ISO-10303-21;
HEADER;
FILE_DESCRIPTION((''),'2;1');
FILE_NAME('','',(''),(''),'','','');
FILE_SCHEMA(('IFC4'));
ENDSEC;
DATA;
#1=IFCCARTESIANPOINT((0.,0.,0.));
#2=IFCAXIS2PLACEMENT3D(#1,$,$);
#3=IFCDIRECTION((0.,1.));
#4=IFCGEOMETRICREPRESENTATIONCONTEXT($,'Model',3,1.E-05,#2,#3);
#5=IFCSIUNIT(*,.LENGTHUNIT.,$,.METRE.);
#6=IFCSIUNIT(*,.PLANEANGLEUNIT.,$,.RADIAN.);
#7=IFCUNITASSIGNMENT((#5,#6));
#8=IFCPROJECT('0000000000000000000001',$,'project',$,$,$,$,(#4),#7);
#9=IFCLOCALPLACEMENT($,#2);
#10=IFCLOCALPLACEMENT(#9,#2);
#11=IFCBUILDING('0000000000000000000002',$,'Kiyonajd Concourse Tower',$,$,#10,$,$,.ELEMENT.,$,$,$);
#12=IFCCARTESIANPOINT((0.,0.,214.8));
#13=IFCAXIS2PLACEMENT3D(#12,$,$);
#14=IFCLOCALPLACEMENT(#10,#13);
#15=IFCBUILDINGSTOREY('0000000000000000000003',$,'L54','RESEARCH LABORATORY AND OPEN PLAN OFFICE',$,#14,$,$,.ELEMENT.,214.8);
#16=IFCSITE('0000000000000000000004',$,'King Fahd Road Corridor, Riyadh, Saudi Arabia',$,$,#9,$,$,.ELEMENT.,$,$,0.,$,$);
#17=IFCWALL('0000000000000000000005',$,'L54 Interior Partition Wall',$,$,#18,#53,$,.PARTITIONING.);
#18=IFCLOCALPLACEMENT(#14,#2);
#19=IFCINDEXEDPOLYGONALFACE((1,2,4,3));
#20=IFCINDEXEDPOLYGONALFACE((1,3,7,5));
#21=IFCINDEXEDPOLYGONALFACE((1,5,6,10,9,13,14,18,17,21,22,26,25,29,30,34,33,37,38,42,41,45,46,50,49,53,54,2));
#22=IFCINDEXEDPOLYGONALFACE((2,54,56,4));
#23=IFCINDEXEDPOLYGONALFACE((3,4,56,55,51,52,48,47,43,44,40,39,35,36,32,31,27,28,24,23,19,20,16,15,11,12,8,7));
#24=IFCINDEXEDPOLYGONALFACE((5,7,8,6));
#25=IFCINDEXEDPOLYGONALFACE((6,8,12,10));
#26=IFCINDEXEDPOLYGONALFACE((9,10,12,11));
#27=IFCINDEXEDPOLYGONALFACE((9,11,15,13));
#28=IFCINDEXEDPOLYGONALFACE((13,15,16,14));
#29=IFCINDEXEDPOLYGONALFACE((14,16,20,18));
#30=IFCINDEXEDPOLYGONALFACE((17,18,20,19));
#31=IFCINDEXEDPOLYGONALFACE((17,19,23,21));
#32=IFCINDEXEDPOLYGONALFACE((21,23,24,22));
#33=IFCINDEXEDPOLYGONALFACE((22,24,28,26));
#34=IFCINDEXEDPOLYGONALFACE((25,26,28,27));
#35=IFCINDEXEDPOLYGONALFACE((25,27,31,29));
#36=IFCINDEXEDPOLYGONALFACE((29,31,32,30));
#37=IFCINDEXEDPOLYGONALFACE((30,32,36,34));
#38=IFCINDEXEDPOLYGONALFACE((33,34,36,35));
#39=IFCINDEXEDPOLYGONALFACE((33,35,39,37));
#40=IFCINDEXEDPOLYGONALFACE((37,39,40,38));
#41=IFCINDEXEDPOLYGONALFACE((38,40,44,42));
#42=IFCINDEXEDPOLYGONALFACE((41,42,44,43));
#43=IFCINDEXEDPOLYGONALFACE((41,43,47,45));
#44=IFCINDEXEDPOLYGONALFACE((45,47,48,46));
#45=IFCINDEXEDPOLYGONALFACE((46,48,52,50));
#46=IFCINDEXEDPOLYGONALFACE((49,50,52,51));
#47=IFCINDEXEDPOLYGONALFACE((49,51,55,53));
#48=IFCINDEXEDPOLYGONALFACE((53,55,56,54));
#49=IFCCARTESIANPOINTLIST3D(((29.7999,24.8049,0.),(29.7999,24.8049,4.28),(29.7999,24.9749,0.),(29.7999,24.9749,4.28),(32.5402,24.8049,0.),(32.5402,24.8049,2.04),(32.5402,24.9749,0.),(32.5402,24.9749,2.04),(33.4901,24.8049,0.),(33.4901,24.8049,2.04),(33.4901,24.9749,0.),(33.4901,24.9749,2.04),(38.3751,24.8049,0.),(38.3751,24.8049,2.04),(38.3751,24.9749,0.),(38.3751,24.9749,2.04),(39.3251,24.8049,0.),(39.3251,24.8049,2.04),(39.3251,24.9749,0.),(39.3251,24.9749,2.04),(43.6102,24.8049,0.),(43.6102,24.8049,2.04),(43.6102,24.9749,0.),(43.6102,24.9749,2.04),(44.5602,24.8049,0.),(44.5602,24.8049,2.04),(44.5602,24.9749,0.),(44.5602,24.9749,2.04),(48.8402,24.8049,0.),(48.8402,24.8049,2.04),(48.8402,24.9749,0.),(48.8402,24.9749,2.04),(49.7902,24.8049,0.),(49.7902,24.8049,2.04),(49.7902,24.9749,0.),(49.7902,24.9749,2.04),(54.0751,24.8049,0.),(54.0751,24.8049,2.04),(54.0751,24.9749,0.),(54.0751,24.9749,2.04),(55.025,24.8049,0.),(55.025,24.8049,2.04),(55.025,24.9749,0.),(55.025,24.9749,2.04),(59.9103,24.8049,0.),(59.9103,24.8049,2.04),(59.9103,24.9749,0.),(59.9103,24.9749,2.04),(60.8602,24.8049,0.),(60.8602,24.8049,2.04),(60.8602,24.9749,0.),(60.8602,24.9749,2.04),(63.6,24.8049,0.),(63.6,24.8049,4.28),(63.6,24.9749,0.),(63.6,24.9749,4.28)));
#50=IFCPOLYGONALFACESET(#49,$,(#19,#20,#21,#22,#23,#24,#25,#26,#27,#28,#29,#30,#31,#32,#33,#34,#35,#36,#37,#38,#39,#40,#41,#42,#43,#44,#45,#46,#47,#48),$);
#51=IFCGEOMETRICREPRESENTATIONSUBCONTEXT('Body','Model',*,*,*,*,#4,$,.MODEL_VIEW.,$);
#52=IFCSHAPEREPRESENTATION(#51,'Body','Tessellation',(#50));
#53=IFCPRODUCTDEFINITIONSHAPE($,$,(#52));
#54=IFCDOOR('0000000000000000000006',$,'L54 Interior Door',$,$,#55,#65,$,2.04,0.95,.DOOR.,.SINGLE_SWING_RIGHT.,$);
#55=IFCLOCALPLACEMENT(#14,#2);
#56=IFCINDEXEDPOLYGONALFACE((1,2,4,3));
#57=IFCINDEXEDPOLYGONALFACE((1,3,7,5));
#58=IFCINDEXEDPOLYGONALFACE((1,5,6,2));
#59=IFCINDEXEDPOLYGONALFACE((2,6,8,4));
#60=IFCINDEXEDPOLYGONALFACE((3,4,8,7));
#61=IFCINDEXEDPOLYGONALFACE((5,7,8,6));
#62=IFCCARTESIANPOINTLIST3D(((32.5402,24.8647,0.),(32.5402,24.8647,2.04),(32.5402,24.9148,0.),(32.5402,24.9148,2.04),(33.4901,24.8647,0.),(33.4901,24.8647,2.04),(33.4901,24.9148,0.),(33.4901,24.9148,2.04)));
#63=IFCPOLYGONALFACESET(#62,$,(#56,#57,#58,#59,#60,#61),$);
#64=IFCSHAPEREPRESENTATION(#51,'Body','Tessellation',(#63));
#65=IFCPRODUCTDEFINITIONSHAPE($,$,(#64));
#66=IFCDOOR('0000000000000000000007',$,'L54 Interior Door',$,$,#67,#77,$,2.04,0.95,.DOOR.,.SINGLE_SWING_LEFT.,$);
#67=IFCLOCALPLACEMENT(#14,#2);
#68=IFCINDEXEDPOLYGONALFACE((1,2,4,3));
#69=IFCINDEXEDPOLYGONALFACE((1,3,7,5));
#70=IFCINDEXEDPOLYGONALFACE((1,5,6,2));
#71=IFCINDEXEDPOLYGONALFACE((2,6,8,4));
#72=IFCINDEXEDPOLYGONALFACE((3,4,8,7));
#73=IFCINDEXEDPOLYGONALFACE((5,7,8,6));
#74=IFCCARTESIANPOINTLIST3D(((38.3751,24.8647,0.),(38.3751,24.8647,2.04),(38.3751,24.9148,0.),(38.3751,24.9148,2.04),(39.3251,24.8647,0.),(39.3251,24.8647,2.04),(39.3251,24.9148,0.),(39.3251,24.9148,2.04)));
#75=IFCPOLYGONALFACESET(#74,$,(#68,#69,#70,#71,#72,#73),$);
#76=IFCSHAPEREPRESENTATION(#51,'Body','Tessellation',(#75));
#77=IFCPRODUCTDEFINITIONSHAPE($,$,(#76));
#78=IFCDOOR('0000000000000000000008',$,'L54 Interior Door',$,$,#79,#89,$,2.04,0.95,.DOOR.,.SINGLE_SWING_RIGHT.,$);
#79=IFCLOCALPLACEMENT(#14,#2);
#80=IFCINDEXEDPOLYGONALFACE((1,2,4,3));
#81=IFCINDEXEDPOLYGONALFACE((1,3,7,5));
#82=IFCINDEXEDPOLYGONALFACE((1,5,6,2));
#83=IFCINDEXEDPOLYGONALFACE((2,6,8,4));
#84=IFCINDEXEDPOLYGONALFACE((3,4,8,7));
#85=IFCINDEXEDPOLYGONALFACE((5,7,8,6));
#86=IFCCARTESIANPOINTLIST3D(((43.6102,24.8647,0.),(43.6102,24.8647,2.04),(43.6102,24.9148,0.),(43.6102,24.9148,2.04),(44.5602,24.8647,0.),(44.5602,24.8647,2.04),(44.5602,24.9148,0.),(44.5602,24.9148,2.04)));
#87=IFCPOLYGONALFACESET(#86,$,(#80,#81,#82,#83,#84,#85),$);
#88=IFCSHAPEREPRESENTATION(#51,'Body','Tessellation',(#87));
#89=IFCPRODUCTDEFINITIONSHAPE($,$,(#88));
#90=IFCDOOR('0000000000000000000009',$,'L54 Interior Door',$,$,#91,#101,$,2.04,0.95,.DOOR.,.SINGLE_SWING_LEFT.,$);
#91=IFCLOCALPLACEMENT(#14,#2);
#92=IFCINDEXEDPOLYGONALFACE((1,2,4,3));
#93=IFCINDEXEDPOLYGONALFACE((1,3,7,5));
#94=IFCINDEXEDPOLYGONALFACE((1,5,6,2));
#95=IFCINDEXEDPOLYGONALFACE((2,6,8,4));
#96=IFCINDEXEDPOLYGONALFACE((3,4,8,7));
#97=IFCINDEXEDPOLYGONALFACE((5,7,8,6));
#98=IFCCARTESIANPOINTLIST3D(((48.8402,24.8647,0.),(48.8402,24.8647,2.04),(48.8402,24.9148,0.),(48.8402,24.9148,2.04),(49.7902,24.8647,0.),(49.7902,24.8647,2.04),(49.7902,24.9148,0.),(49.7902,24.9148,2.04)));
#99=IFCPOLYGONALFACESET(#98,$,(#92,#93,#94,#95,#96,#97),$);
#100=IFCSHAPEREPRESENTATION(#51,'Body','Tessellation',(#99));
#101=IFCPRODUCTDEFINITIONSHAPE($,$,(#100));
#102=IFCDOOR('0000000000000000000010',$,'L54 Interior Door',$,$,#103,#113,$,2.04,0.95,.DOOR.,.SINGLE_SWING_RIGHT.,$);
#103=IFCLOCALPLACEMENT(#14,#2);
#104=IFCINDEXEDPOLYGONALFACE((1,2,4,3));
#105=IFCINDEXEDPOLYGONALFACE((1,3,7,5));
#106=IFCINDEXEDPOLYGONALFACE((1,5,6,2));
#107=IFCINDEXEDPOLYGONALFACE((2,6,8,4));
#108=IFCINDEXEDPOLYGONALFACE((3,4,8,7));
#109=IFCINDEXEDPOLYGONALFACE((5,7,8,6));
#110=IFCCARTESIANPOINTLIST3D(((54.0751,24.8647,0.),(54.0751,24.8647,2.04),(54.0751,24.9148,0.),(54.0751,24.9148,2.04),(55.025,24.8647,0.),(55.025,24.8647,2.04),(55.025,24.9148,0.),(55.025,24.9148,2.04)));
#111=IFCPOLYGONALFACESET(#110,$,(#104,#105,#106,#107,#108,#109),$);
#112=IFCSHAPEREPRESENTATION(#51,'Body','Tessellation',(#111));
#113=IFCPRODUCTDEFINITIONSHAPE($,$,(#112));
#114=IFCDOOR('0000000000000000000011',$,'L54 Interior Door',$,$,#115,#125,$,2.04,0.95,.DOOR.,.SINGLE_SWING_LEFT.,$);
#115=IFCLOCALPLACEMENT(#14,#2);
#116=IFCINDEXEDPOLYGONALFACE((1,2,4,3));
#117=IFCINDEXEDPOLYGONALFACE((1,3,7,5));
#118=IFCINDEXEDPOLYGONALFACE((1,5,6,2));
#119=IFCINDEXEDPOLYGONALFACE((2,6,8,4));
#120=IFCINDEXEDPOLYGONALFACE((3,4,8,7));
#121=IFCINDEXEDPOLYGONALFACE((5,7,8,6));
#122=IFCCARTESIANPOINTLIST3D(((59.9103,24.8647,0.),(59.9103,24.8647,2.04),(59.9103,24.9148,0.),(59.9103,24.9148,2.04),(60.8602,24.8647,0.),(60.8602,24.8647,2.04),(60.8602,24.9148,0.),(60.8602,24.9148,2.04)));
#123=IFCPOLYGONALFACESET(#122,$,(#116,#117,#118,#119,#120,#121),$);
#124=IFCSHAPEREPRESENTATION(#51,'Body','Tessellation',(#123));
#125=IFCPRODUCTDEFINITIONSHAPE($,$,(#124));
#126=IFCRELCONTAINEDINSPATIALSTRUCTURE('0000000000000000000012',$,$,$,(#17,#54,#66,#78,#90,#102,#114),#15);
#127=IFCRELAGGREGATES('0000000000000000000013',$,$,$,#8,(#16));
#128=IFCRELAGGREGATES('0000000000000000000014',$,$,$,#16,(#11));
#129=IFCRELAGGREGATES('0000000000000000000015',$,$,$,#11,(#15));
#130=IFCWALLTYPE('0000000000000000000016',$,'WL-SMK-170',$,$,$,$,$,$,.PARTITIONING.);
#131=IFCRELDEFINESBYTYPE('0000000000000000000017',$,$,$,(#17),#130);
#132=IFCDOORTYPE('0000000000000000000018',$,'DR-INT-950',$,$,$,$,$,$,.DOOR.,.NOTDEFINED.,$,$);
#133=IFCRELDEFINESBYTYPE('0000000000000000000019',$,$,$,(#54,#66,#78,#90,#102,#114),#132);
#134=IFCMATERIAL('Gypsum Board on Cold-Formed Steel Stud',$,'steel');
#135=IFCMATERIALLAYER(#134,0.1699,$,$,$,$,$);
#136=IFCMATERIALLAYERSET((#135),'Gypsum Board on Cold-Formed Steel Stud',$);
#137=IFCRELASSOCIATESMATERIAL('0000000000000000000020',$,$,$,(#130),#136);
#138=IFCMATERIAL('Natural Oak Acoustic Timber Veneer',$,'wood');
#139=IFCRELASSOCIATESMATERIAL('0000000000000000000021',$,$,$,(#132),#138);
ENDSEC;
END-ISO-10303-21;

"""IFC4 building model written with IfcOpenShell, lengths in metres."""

from ifc_helpers import new_model, si_unit, direction, frame, frame_2d, origin, place, context, subcontext, project, spatial, rectangle, extrude, material, layer, layer_set, type_object, element, fill, save


model = new_model("IFC4")

# Units and contexts
model_context = context("Model", 3, precision=1e-05, world=origin(), true_north=direction((0.0, 1.0)))
body_context = subcontext(model_context, "Body", "Model", "MODEL_VIEW")
ifc_project = project(units=[si_unit("LENGTHUNIT", "METRE"), si_unit("PLANEANGLEUNIT", "RADIAN")], contexts=[model_context])

# Site, building, storey
site_placement = place(None, origin())
site = spatial("IfcSite", under=ifc_project, at=site_placement, Name="King Fahd Road Corridor, Riyadh, Saudi Arabia", CompositionType="ELEMENT", RefElevation=0.0)
building_placement = place(site_placement, origin())
building = spatial("IfcBuilding", under=site, at=building_placement, Name="Kiyonajd Concourse Tower", CompositionType="ELEMENT")
storey_placement = place(building_placement, frame((0.0, 0.0, 214.8)))
storey = spatial("IfcBuildingStorey", under=building, at=storey_placement, Name="L54", Description="RESEARCH LABORATORY AND OPEN PLAN OFFICE", CompositionType="ELEMENT", Elevation=214.8)

# Wall, openings, doors
ifc_material_1 = material(Name="Gypsum Board on Cold-Formed Steel Stud", Category="steel")
ifc_layer_1 = layer(ifc_material_1, 0.1699)
ifc_layer_set_1 = layer_set([ifc_layer_1], Name="Gypsum Board on Cold-Formed Steel Stud")
wall_type_1 = type_object("IfcWallType", Name="WL-SMK-170", PredefinedType="PARTITIONING", material=ifc_layer_set_1)
wall_1_placement = place(storey_placement, frame((29.8, 24.8899, 0.0), z_axis=(0.0, 0.0, 1.0), x_axis=(1.0, 0.0, 0.0)))
wall_1 = element("IfcWall", 1, at=wall_1_placement, inside=storey, type_object=wall_type_1, Name="L54 Interior Partition Wall", PredefinedType="PARTITIONING", context=body_context, shape_type="SweptSolid", body=[
    extrude(rectangle(XDim=33.8, YDim=0.1699, at=frame_2d((16.8999, 0.0))), origin(), (0.0, 0.0, 1.0), 4.28),
])
opening_1_placement = place(wall_1_placement, frame((2.74, 0.0, 0.0)))
opening_1 = element("IfcOpeningElement", 2, at=opening_1_placement, cuts=wall_1, PredefinedType="OPENING", context=body_context, shape_type="SweptSolid", body=[
    extrude(rectangle(XDim=0.95, YDim=2.04, at=frame_2d((0.4751, 1.02))), frame((0.0, 0.095, 0.0), z_axis=(0.0, -1.0, 0.0), x_axis=(1.0, 0.0, 0.0)), (0.0, 0.0, 1.0), 0.1899),
])
opening_2_placement = place(wall_1_placement, frame((8.575, 0.0, 0.0)))
opening_2 = element("IfcOpeningElement", 3, at=opening_2_placement, cuts=wall_1, PredefinedType="OPENING", context=body_context, shape_type="SweptSolid", body=[
    extrude(rectangle(XDim=0.95, YDim=2.04, at=frame_2d((0.4751, 1.02))), frame((0.0, 0.095, 0.0), z_axis=(0.0, -1.0, 0.0), x_axis=(1.0, 0.0, 0.0)), (0.0, 0.0, 1.0), 0.1899),
])
opening_3_placement = place(wall_1_placement, frame((13.8101, 0.0, 0.0)))
opening_3 = element("IfcOpeningElement", 4, at=opening_3_placement, cuts=wall_1, PredefinedType="OPENING", context=body_context, shape_type="SweptSolid", body=[
    extrude(rectangle(XDim=0.95, YDim=2.04, at=frame_2d((0.4751, 1.02))), frame((0.0, 0.095, 0.0), z_axis=(0.0, -1.0, 0.0), x_axis=(1.0, 0.0, 0.0)), (0.0, 0.0, 1.0), 0.1899),
])
opening_4_placement = place(wall_1_placement, frame((19.04, 0.0, 0.0)))
opening_4 = element("IfcOpeningElement", 5, at=opening_4_placement, cuts=wall_1, PredefinedType="OPENING", context=body_context, shape_type="SweptSolid", body=[
    extrude(rectangle(XDim=0.95, YDim=2.04, at=frame_2d((0.4751, 1.02))), frame((0.0, 0.095, 0.0), z_axis=(0.0, -1.0, 0.0), x_axis=(1.0, 0.0, 0.0)), (0.0, 0.0, 1.0), 0.1899),
])
opening_5_placement = place(wall_1_placement, frame((24.2749, 0.0, 0.0)))
opening_5 = element("IfcOpeningElement", 6, at=opening_5_placement, cuts=wall_1, PredefinedType="OPENING", context=body_context, shape_type="SweptSolid", body=[
    extrude(rectangle(XDim=0.95, YDim=2.04, at=frame_2d((0.4751, 1.02))), frame((0.0, 0.095, 0.0), z_axis=(0.0, -1.0, 0.0), x_axis=(1.0, 0.0, 0.0)), (0.0, 0.0, 1.0), 0.1899),
])
opening_6_placement = place(wall_1_placement, frame((30.1101, 0.0, 0.0)))
opening_6 = element("IfcOpeningElement", 7, at=opening_6_placement, cuts=wall_1, PredefinedType="OPENING", context=body_context, shape_type="SweptSolid", body=[
    extrude(rectangle(XDim=0.95, YDim=2.04, at=frame_2d((0.4751, 1.02))), frame((0.0, 0.095, 0.0), z_axis=(0.0, -1.0, 0.0), x_axis=(1.0, 0.0, 0.0)), (0.0, 0.0, 1.0), 0.1899),
])
ifc_material_2 = material(Name="Natural Oak Acoustic Timber Veneer", Category="wood")
door_type = type_object("IfcDoorType", Name="DR-INT-950", OperationType="NOTDEFINED", PredefinedType="DOOR", material=ifc_material_2)
door_1_placement = place(opening_1_placement, origin())
door_1 = element("IfcDoor", 8, at=door_1_placement, inside=storey, type_object=door_type, Name="L54 Interior Door", OperationType="SINGLE_SWING_RIGHT", OverallHeight=2.04, OverallWidth=0.95, PredefinedType="DOOR", context=body_context, shape_type="SweptSolid", body=[
    extrude(rectangle(XDim=0.95, YDim=2.04, at=frame_2d((0.4751, 1.02))), frame((0.0, 0.0249, 0.0), z_axis=(0.0, -1.0, 0.0), x_axis=(1.0, 0.0, 0.0)), (0.0, 0.0, 1.0), 0.05),
])
fill(opening_1, door_1)
door_2_placement = place(opening_2_placement, origin())
door_2 = element("IfcDoor", 9, at=door_2_placement, inside=storey, type_object=door_type, Name="L54 Interior Door", OperationType="SINGLE_SWING_LEFT", OverallHeight=2.04, OverallWidth=0.95, PredefinedType="DOOR", context=body_context, shape_type="SweptSolid", body=[
    extrude(rectangle(XDim=0.95, YDim=2.04, at=frame_2d((0.4751, 1.02))), frame((0.0, 0.0249, 0.0), z_axis=(0.0, -1.0, 0.0), x_axis=(1.0, 0.0, 0.0)), (0.0, 0.0, 1.0), 0.05),
])
fill(opening_2, door_2)
door_3_placement = place(opening_3_placement, origin())
door_3 = element("IfcDoor", 10, at=door_3_placement, inside=storey, type_object=door_type, Name="L54 Interior Door", OperationType="SINGLE_SWING_RIGHT", OverallHeight=2.04, OverallWidth=0.95, PredefinedType="DOOR", context=body_context, shape_type="SweptSolid", body=[
    extrude(rectangle(XDim=0.95, YDim=2.04, at=frame_2d((0.4751, 1.02))), frame((0.0, 0.0249, 0.0), z_axis=(0.0, -1.0, 0.0), x_axis=(1.0, 0.0, 0.0)), (0.0, 0.0, 1.0), 0.05),
])
fill(opening_3, door_3)
door_4_placement = place(opening_4_placement, origin())
door_4 = element("IfcDoor", 11, at=door_4_placement, inside=storey, type_object=door_type, Name="L54 Interior Door", OperationType="SINGLE_SWING_LEFT", OverallHeight=2.04, OverallWidth=0.95, PredefinedType="DOOR", context=body_context, shape_type="SweptSolid", body=[
    extrude(rectangle(XDim=0.95, YDim=2.04, at=frame_2d((0.4751, 1.02))), frame((0.0, 0.0249, 0.0), z_axis=(0.0, -1.0, 0.0), x_axis=(1.0, 0.0, 0.0)), (0.0, 0.0, 1.0), 0.05),
])
fill(opening_4, door_4)
door_5_placement = place(opening_5_placement, origin())
door_5 = element("IfcDoor", 12, at=door_5_placement, inside=storey, type_object=door_type, Name="L54 Interior Door", OperationType="SINGLE_SWING_RIGHT", OverallHeight=2.04, OverallWidth=0.95, PredefinedType="DOOR", context=body_context, shape_type="SweptSolid", body=[
    extrude(rectangle(XDim=0.95, YDim=2.04, at=frame_2d((0.4751, 1.02))), frame((0.0, 0.0249, 0.0), z_axis=(0.0, -1.0, 0.0), x_axis=(1.0, 0.0, 0.0)), (0.0, 0.0, 1.0), 0.05),
])
fill(opening_5, door_5)
door_6_placement = place(opening_6_placement, origin())
door_6 = element("IfcDoor", 13, at=door_6_placement, inside=storey, type_object=door_type, Name="L54 Interior Door", OperationType="SINGLE_SWING_LEFT", OverallHeight=2.04, OverallWidth=0.95, PredefinedType="DOOR", context=body_context, shape_type="SweptSolid", body=[
    extrude(rectangle(XDim=0.95, YDim=2.04, at=frame_2d((0.4751, 1.02))), frame((0.0, 0.0249, 0.0), z_axis=(0.0, -1.0, 0.0), x_axis=(1.0, 0.0, 0.0)), (0.0, 0.0, 1.0), 0.05),
])
fill(opening_6, door_6)

save(model, "model.ifc")
